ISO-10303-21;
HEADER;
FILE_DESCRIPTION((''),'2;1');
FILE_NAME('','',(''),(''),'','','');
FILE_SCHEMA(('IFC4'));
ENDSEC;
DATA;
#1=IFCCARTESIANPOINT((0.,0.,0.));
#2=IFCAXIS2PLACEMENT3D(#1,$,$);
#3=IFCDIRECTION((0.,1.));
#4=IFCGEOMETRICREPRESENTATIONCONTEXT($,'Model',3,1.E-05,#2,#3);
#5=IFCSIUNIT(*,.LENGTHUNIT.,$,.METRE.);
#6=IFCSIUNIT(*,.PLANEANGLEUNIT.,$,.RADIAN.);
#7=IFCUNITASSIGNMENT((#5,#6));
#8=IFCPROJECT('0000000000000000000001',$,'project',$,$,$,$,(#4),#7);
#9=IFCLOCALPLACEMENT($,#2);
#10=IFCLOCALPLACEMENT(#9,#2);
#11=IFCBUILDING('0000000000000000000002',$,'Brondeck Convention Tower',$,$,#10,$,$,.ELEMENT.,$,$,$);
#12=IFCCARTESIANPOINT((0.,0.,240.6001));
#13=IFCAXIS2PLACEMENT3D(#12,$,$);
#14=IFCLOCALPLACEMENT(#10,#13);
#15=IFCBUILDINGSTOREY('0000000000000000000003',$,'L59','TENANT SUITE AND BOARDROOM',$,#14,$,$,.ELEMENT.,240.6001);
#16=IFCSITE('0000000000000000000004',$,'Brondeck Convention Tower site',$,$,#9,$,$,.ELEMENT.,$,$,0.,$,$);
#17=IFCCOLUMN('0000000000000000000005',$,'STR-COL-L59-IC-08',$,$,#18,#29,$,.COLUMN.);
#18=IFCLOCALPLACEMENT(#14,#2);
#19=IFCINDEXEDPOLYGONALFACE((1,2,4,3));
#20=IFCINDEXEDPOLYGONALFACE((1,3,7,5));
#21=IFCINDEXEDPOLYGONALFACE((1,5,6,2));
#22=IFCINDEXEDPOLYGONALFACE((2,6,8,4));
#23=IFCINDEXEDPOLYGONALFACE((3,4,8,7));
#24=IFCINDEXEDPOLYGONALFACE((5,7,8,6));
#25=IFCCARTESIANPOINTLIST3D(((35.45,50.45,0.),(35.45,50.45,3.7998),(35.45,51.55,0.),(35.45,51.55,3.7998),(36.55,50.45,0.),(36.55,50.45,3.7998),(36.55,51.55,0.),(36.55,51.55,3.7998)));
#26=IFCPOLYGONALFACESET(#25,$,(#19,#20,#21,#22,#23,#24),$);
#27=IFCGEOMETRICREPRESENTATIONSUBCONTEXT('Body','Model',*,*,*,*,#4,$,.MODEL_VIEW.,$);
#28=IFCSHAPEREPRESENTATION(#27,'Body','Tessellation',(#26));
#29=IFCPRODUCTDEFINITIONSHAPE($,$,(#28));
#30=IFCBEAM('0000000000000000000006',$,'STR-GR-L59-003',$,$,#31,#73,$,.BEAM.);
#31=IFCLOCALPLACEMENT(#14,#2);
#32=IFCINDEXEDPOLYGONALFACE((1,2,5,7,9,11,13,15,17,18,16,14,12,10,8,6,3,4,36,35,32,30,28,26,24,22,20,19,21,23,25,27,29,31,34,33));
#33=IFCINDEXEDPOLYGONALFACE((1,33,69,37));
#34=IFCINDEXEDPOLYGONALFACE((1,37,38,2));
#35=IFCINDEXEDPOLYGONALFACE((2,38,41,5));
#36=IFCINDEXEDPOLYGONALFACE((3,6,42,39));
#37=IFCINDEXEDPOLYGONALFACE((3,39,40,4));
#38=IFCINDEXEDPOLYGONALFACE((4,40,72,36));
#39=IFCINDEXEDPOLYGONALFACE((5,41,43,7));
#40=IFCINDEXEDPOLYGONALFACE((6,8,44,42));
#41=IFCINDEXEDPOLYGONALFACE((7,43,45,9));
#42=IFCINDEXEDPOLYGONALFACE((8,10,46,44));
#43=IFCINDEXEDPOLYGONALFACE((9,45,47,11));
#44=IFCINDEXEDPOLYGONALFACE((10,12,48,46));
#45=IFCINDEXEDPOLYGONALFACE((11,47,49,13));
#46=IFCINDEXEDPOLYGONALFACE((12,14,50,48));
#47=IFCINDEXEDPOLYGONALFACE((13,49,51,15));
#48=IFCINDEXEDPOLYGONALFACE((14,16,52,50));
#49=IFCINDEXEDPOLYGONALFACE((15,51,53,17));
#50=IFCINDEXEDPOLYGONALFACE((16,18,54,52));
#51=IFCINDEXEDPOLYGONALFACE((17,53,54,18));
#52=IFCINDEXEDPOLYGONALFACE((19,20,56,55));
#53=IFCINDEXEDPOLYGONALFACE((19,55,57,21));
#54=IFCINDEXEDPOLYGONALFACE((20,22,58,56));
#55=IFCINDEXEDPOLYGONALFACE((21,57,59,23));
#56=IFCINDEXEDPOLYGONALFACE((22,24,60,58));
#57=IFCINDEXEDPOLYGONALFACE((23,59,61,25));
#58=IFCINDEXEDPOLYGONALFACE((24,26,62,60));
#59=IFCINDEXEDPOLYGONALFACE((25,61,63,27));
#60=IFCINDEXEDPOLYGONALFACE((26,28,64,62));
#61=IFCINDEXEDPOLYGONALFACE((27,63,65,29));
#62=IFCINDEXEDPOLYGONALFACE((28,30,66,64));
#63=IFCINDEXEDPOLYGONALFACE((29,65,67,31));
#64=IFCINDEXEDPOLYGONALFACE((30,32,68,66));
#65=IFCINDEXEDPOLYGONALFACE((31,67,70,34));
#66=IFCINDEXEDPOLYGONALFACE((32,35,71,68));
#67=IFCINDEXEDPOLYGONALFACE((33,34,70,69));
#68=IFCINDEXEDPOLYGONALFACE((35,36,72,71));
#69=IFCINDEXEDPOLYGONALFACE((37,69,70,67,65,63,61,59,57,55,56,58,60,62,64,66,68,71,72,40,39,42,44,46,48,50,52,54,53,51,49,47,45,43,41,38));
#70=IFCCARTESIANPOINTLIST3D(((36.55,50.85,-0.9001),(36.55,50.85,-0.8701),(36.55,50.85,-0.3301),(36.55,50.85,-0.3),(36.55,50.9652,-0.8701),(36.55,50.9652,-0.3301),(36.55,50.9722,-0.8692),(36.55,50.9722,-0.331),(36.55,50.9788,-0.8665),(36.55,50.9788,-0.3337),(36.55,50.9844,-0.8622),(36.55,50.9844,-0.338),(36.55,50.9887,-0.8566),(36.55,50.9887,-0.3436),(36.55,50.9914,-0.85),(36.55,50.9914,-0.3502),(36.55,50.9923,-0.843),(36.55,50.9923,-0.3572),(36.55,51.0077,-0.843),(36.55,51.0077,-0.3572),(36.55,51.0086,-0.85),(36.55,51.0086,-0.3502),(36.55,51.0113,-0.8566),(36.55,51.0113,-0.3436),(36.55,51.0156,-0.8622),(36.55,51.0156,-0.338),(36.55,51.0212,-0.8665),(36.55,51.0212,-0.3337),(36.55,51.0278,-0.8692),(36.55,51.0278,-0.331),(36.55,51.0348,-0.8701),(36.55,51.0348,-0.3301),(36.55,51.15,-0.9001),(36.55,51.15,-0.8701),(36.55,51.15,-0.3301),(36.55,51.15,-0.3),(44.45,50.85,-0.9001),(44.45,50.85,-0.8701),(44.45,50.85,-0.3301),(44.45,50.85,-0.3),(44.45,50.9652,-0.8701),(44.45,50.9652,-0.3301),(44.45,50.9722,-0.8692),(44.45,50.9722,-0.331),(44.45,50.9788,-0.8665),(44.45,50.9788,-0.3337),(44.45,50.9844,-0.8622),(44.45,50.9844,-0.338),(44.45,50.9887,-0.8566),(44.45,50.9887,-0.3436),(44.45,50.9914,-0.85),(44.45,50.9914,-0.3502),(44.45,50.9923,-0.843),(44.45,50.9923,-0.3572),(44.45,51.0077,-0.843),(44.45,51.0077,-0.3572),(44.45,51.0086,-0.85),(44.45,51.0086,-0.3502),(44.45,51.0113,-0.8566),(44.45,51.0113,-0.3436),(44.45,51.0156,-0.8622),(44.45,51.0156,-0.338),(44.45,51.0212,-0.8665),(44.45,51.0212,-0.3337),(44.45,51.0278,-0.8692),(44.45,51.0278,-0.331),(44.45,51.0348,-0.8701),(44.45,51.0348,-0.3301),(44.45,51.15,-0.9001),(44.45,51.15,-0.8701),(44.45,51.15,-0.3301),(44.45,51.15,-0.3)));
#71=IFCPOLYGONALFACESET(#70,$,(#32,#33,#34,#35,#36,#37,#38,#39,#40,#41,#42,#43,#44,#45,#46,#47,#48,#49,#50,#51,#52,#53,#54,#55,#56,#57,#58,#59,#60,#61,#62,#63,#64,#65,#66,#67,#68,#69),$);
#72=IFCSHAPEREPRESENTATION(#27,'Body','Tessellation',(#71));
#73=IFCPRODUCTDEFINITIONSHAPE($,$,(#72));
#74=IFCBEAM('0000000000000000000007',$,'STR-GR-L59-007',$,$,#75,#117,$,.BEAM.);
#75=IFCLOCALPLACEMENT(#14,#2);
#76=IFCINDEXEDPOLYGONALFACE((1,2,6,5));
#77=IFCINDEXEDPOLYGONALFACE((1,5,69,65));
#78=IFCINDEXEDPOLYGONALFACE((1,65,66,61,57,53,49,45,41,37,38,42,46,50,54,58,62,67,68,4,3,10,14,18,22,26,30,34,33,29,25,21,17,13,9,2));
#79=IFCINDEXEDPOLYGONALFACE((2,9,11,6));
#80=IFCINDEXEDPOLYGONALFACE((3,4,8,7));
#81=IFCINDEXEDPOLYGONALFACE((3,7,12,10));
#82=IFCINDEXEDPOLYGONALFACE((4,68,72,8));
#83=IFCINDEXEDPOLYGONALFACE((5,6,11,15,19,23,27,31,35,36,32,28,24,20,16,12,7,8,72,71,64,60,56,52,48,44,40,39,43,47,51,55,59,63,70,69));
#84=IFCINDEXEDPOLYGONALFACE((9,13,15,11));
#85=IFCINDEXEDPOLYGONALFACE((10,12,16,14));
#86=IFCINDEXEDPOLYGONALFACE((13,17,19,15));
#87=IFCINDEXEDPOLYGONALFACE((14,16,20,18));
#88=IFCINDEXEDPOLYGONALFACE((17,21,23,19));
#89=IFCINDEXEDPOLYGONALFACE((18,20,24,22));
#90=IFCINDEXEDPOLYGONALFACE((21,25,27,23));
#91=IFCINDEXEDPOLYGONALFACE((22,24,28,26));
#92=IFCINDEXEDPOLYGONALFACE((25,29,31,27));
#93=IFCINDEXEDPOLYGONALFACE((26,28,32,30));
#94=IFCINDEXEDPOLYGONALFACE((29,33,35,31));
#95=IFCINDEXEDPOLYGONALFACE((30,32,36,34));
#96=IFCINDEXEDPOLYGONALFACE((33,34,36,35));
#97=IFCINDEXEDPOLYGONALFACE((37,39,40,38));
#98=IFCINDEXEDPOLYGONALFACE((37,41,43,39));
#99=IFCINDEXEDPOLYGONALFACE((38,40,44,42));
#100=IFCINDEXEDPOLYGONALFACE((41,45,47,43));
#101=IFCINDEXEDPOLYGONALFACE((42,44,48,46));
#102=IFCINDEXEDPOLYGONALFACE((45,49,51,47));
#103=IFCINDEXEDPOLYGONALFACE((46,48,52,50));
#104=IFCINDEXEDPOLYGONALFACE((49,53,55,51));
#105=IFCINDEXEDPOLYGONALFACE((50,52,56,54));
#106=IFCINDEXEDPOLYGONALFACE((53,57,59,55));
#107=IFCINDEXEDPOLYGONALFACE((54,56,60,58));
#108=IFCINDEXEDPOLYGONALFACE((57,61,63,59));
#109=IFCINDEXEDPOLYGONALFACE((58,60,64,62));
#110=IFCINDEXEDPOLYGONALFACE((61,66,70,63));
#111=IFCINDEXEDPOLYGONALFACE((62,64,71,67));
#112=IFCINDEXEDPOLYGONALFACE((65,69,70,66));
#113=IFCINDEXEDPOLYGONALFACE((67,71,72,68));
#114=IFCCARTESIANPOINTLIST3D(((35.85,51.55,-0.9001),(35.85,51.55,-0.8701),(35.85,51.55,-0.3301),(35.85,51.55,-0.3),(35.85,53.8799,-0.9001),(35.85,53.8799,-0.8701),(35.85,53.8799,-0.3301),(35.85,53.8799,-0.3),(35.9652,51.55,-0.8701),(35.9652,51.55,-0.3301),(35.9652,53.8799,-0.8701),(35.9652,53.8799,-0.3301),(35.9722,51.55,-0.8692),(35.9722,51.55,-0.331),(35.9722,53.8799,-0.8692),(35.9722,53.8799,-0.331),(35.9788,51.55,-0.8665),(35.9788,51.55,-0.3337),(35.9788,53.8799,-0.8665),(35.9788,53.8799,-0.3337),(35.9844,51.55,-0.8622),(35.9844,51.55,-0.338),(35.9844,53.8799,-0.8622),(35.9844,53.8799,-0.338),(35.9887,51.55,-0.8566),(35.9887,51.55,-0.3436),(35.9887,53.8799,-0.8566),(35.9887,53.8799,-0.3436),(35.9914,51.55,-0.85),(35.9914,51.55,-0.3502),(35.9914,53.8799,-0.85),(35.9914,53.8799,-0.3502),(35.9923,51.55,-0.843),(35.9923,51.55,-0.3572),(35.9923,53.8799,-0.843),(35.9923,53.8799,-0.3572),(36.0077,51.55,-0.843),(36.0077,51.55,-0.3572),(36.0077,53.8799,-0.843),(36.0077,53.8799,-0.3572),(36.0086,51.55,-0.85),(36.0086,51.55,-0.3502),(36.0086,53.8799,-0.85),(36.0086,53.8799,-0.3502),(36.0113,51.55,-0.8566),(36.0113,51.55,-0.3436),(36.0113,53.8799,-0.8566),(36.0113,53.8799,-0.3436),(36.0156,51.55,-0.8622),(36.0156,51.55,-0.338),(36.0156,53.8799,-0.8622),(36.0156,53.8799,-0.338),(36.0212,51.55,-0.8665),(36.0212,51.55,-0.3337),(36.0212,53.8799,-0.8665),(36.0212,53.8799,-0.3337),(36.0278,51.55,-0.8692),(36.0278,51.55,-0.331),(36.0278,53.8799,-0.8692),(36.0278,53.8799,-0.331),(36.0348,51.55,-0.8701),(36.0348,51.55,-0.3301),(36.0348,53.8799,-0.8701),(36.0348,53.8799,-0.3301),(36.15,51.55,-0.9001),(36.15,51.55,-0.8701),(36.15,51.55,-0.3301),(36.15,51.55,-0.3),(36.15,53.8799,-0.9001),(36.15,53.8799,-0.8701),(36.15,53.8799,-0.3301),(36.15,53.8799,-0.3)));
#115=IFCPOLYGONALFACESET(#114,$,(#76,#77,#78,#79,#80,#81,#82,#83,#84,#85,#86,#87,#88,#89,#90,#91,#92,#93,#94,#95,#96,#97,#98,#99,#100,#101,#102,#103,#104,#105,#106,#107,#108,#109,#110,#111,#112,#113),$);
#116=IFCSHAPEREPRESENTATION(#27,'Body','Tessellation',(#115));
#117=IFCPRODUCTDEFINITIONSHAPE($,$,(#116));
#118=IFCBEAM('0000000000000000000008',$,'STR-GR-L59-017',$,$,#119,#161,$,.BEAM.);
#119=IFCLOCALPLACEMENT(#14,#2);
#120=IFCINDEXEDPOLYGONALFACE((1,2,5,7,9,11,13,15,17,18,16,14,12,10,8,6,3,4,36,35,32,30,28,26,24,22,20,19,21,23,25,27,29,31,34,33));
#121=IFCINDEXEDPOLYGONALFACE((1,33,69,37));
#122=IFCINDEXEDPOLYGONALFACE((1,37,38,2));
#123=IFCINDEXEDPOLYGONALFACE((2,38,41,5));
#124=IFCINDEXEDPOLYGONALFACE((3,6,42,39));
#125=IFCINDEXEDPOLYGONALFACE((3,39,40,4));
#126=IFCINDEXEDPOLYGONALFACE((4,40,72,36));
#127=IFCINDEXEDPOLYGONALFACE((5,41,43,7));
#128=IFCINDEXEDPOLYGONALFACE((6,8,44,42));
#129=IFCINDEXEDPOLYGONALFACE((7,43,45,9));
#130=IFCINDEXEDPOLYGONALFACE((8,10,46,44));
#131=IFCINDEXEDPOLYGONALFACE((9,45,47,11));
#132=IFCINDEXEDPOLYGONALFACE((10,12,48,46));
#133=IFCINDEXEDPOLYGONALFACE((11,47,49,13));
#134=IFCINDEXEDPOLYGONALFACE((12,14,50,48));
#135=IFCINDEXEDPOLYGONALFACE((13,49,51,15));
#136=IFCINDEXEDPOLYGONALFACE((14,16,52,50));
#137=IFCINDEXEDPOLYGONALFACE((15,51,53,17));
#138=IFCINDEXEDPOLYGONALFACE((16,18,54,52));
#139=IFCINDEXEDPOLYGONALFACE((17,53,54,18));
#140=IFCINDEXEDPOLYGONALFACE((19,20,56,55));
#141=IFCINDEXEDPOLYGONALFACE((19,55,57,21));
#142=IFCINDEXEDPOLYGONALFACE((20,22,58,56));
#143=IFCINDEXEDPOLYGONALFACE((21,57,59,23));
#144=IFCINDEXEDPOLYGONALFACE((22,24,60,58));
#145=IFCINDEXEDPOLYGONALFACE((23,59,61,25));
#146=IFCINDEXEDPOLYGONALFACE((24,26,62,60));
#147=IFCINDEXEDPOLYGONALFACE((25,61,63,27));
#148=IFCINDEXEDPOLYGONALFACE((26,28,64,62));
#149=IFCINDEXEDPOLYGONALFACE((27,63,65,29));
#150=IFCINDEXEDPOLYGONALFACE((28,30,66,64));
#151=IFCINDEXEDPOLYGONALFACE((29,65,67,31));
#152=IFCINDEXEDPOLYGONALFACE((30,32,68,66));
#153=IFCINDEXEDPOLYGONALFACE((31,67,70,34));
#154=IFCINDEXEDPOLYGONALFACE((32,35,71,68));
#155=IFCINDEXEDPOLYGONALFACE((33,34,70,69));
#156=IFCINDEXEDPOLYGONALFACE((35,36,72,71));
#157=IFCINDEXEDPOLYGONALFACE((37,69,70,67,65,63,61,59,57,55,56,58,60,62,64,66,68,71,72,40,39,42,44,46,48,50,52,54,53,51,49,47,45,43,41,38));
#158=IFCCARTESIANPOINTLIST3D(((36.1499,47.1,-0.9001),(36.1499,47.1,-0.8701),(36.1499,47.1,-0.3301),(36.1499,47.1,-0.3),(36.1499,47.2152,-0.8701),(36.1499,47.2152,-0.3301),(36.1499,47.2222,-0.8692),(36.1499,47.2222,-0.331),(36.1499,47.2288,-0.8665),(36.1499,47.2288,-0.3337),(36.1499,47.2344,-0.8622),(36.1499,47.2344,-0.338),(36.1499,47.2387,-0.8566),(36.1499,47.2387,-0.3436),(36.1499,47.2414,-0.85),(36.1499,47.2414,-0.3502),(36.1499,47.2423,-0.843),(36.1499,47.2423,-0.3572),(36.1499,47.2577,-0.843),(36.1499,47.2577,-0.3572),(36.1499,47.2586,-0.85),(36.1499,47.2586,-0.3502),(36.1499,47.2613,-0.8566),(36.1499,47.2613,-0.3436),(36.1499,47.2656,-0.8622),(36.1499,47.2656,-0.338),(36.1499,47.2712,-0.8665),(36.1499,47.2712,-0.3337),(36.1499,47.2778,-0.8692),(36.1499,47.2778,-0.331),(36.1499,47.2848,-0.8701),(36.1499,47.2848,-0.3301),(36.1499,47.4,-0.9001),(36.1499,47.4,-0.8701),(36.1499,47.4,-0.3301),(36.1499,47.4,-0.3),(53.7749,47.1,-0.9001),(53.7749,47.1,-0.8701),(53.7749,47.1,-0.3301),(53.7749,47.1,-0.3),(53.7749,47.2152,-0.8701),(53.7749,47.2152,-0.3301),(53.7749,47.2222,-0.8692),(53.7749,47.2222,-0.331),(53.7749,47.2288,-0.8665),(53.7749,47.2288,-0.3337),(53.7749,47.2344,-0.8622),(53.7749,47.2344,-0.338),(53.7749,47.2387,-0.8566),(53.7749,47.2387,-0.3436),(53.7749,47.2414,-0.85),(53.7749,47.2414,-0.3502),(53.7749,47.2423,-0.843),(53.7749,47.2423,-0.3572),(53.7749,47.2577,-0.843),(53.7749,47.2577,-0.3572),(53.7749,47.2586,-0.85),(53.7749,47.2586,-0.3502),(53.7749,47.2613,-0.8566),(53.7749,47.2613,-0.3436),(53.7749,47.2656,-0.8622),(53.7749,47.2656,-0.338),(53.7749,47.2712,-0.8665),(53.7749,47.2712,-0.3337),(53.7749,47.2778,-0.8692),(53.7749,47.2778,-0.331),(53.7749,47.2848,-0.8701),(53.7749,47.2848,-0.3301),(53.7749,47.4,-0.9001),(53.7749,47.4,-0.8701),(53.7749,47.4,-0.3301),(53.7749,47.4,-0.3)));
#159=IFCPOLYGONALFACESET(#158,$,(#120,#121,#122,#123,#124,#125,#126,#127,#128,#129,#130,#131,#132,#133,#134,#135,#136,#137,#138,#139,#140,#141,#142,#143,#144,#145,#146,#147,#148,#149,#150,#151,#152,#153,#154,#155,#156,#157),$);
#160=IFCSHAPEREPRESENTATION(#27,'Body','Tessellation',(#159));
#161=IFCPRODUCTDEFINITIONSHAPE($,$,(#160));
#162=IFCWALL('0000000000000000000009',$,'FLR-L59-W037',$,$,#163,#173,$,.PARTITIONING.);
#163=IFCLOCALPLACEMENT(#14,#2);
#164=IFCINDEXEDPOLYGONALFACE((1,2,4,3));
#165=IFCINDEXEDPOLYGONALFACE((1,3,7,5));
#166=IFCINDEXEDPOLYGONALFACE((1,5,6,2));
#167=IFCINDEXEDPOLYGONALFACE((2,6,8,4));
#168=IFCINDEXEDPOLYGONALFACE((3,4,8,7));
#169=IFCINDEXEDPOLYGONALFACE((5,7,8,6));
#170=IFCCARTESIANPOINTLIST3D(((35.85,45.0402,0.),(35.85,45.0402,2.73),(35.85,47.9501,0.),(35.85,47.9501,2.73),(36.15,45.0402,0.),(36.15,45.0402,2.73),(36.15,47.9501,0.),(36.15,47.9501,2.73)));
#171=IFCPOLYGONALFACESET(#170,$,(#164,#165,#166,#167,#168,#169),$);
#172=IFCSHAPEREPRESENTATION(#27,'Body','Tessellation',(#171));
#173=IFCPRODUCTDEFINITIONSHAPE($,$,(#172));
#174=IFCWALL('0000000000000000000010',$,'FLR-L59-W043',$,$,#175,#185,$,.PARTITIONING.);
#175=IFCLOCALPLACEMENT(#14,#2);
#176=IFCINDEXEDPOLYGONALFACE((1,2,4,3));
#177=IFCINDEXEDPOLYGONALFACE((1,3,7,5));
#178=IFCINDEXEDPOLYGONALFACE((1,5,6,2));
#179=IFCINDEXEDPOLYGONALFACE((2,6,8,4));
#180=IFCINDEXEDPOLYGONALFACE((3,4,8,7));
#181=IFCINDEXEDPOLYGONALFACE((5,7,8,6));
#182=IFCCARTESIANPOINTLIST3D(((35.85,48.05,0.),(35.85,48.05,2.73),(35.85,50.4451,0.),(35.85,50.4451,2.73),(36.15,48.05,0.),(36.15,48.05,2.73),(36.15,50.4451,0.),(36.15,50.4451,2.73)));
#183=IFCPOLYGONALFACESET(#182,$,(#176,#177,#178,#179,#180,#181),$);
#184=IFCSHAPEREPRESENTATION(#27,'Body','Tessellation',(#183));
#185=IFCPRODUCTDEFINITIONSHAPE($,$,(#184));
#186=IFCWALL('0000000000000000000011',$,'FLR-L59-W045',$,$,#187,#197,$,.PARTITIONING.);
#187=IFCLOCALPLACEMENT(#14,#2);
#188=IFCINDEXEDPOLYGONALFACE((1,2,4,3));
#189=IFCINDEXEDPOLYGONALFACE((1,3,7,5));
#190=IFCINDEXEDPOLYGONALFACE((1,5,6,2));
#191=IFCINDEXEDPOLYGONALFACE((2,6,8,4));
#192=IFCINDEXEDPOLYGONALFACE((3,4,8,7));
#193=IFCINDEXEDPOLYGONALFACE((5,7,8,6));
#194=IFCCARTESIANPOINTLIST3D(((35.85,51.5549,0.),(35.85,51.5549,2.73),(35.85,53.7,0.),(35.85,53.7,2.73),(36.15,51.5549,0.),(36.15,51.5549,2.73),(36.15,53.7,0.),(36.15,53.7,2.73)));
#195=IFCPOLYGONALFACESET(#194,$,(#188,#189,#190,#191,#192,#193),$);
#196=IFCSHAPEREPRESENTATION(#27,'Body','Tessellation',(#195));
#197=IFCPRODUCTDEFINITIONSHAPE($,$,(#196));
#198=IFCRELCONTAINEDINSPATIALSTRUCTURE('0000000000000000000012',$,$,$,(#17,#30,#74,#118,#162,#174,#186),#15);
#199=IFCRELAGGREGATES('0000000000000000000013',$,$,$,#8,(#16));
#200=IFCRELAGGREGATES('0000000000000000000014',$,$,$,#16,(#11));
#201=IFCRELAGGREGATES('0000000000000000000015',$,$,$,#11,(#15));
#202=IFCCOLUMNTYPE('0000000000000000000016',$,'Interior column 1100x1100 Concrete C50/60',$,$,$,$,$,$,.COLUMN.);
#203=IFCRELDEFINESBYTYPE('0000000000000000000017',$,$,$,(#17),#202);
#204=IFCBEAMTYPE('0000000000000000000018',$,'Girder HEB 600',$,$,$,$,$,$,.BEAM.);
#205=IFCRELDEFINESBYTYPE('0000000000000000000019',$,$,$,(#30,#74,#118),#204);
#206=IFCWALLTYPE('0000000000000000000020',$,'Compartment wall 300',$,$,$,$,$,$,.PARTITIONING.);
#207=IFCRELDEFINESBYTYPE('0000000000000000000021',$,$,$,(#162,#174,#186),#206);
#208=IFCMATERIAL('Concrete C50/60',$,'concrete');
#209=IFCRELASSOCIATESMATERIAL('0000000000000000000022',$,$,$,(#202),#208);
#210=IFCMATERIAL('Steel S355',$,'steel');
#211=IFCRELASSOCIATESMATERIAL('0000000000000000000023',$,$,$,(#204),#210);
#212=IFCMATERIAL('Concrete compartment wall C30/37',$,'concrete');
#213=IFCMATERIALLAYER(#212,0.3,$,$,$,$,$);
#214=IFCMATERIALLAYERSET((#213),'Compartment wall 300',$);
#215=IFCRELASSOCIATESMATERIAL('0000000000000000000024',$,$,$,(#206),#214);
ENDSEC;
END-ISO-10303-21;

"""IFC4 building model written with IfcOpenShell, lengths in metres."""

from ifc_helpers import new_model, si_unit, direction, frame, frame_2d, origin, origin_2d, place, context, subcontext, project, spatial, rectangle, i_section, extrude, material, layer, layer_set, material_profile, profile_set, type_object, element, save


model = new_model("IFC4")

# Units and contexts
model_context = context("Model", 3, precision=1e-05, world=origin(), true_north=direction((0.0, 1.0)))
body_context = subcontext(model_context, "Body", "Model", "MODEL_VIEW")
ifc_project = project(units=[si_unit("LENGTHUNIT", "METRE"), si_unit("PLANEANGLEUNIT", "RADIAN")], contexts=[model_context])

# Site, building, storey
site_placement = place(None, origin())
site = spatial("IfcSite", under=ifc_project, at=site_placement, Name="Brondeck Convention Tower site", CompositionType="ELEMENT", RefElevation=0.0)
building_placement = place(site_placement, origin())
building = spatial("IfcBuilding", under=site, at=building_placement, Name="Brondeck Convention Tower", CompositionType="ELEMENT")
storey_placement = place(building_placement, frame((0.0, 0.0, 240.6001)))
storey = spatial("IfcBuildingStorey", under=building, at=storey_placement, Name="L59", Description="TENANT SUITE AND BOARDROOM", CompositionType="ELEMENT", Elevation=240.6001)

# Column
ifc_material_1 = material(Name="Concrete C50/60", Category="concrete")
ifc_material_profile_1 = material_profile(ifc_material_1, rectangle(XDim=1.1001, YDim=1.1001, at=origin_2d()), Name="Interior column 1100x1100 Concrete C50/60")
ifc_profile_set_1 = profile_set([ifc_material_profile_1], Name="Concrete C50/60")
column_type = type_object("IfcColumnType", Name="Interior column 1100x1100 Concrete C50/60", PredefinedType="COLUMN", material=ifc_profile_set_1)
column_placement = place(storey_placement, frame((36.0, 51.0, 0.0), z_axis=(0.0, 0.0, 1.0), x_axis=(1.0, 0.0, 0.0)))
element("IfcColumn", 1, at=column_placement, inside=storey, type_object=column_type, Name="STR-COL-L59-IC-08", PredefinedType="COLUMN", context=body_context, shape_type="SweptSolid", body=[
    extrude(rectangle(XDim=1.1001, YDim=1.1001, at=origin_2d()), origin(), (0.0, 0.0, 1.0), 3.7998),
])

# Beams
ifc_material_2 = material(Name="Steel S355", Category="steel")
ifc_material_profile_2 = material_profile(ifc_material_2, i_section(OverallWidth=0.3, OverallDepth=0.6001, WebThickness=0.0154, FlangeThickness=0.03, FilletRadius=0.0271, at=origin_2d()), Name="HEB 600")
ifc_profile_set_2 = profile_set([ifc_material_profile_2], Name="Steel S355")
beam_type = type_object("IfcBeamType", Name="Girder HEB 600", PredefinedType="BEAM", material=ifc_profile_set_2)
beam_1_placement = place(storey_placement, frame((36.55, 51.0, -0.6001), z_axis=(1.0, 0.0, 0.0), x_axis=(0.0, 1.0, 0.0)))
element("IfcBeam", 2, at=beam_1_placement, inside=storey, type_object=beam_type, Name="STR-GR-L59-003", PredefinedType="BEAM", context=body_context, shape_type="SweptSolid", body=[
    extrude(i_section(OverallWidth=0.3, OverallDepth=0.6001, WebThickness=0.0154, FlangeThickness=0.03, FilletRadius=0.0271, at=origin_2d()), origin(), (0.0, 0.0, 1.0), 7.8999),
])
beam_2_placement = place(storey_placement, frame((36.0, 51.55, -0.6001), z_axis=(0.0, 1.0, 0.0), x_axis=(-1.0, 0.0, 0.0)))
element("IfcBeam", 3, at=beam_2_placement, inside=storey, type_object=beam_type, Name="STR-GR-L59-007", PredefinedType="BEAM", context=body_context, shape_type="SweptSolid", body=[
    extrude(i_section(OverallWidth=0.3, OverallDepth=0.6001, WebThickness=0.0154, FlangeThickness=0.03, FilletRadius=0.0271, at=origin_2d()), origin(), (0.0, 0.0, 1.0), 2.3298),
])
beam_3_placement = place(storey_placement, frame((36.1499, 47.25, -0.6001), z_axis=(1.0, 0.0, 0.0), x_axis=(0.0, 1.0, 0.0)))
element("IfcBeam", 4, at=beam_3_placement, inside=storey, type_object=beam_type, Name="STR-GR-L59-017", PredefinedType="BEAM", context=body_context, shape_type="SweptSolid", body=[
    extrude(i_section(OverallWidth=0.3, OverallDepth=0.6001, WebThickness=0.0154, FlangeThickness=0.03, FilletRadius=0.0271, at=origin_2d()), origin(), (0.0, 0.0, 1.0), 17.625),
])

# Walls
ifc_material_3 = material(Name="Concrete compartment wall C30/37", Category="concrete")
ifc_layer_1 = layer(ifc_material_3, 0.3)
ifc_layer_set_1 = layer_set([ifc_layer_1], Name="Compartment wall 300")
wall_type_1 = type_object("IfcWallType", Name="Compartment wall 300", PredefinedType="PARTITIONING", material=ifc_layer_set_1)
wall_1_placement = place(storey_placement, frame((36.0, 45.04, 0.0), z_axis=(0.0, 0.0, 1.0), x_axis=(0.0, 1.0, 0.0)))
element("IfcWall", 5, at=wall_1_placement, inside=storey, type_object=wall_type_1, Name="FLR-L59-W037", PredefinedType="PARTITIONING", context=body_context, shape_type="SweptSolid", body=[
    extrude(rectangle(XDim=2.9099, YDim=0.3, at=frame_2d((1.4551, 0.0))), origin(), (0.0, 0.0, 1.0), 2.73),
])
wall_2_placement = place(storey_placement, frame((36.0, 48.05, 0.0), z_axis=(0.0, 0.0, 1.0), x_axis=(0.0, 1.0, 0.0)))
element("IfcWall", 6, at=wall_2_placement, inside=storey, type_object=wall_type_1, Name="FLR-L59-W043", PredefinedType="PARTITIONING", context=body_context, shape_type="SweptSolid", body=[
    extrude(rectangle(XDim=2.395, YDim=0.3, at=frame_2d((1.1975, 0.0))), origin(), (0.0, 0.0, 1.0), 2.73),
])
wall_3_placement = place(storey_placement, frame((36.0, 51.5549, 0.0), z_axis=(0.0, 0.0, 1.0), x_axis=(0.0, 1.0, 0.0)))
element("IfcWall", 7, at=wall_3_placement, inside=storey, type_object=wall_type_1, Name="FLR-L59-W045", PredefinedType="PARTITIONING", context=body_context, shape_type="SweptSolid", body=[
    extrude(rectangle(XDim=2.145, YDim=0.3, at=frame_2d((1.0725, 0.0))), origin(), (0.0, 0.0, 1.0), 2.73),
])

save(model, "model.ifc")
